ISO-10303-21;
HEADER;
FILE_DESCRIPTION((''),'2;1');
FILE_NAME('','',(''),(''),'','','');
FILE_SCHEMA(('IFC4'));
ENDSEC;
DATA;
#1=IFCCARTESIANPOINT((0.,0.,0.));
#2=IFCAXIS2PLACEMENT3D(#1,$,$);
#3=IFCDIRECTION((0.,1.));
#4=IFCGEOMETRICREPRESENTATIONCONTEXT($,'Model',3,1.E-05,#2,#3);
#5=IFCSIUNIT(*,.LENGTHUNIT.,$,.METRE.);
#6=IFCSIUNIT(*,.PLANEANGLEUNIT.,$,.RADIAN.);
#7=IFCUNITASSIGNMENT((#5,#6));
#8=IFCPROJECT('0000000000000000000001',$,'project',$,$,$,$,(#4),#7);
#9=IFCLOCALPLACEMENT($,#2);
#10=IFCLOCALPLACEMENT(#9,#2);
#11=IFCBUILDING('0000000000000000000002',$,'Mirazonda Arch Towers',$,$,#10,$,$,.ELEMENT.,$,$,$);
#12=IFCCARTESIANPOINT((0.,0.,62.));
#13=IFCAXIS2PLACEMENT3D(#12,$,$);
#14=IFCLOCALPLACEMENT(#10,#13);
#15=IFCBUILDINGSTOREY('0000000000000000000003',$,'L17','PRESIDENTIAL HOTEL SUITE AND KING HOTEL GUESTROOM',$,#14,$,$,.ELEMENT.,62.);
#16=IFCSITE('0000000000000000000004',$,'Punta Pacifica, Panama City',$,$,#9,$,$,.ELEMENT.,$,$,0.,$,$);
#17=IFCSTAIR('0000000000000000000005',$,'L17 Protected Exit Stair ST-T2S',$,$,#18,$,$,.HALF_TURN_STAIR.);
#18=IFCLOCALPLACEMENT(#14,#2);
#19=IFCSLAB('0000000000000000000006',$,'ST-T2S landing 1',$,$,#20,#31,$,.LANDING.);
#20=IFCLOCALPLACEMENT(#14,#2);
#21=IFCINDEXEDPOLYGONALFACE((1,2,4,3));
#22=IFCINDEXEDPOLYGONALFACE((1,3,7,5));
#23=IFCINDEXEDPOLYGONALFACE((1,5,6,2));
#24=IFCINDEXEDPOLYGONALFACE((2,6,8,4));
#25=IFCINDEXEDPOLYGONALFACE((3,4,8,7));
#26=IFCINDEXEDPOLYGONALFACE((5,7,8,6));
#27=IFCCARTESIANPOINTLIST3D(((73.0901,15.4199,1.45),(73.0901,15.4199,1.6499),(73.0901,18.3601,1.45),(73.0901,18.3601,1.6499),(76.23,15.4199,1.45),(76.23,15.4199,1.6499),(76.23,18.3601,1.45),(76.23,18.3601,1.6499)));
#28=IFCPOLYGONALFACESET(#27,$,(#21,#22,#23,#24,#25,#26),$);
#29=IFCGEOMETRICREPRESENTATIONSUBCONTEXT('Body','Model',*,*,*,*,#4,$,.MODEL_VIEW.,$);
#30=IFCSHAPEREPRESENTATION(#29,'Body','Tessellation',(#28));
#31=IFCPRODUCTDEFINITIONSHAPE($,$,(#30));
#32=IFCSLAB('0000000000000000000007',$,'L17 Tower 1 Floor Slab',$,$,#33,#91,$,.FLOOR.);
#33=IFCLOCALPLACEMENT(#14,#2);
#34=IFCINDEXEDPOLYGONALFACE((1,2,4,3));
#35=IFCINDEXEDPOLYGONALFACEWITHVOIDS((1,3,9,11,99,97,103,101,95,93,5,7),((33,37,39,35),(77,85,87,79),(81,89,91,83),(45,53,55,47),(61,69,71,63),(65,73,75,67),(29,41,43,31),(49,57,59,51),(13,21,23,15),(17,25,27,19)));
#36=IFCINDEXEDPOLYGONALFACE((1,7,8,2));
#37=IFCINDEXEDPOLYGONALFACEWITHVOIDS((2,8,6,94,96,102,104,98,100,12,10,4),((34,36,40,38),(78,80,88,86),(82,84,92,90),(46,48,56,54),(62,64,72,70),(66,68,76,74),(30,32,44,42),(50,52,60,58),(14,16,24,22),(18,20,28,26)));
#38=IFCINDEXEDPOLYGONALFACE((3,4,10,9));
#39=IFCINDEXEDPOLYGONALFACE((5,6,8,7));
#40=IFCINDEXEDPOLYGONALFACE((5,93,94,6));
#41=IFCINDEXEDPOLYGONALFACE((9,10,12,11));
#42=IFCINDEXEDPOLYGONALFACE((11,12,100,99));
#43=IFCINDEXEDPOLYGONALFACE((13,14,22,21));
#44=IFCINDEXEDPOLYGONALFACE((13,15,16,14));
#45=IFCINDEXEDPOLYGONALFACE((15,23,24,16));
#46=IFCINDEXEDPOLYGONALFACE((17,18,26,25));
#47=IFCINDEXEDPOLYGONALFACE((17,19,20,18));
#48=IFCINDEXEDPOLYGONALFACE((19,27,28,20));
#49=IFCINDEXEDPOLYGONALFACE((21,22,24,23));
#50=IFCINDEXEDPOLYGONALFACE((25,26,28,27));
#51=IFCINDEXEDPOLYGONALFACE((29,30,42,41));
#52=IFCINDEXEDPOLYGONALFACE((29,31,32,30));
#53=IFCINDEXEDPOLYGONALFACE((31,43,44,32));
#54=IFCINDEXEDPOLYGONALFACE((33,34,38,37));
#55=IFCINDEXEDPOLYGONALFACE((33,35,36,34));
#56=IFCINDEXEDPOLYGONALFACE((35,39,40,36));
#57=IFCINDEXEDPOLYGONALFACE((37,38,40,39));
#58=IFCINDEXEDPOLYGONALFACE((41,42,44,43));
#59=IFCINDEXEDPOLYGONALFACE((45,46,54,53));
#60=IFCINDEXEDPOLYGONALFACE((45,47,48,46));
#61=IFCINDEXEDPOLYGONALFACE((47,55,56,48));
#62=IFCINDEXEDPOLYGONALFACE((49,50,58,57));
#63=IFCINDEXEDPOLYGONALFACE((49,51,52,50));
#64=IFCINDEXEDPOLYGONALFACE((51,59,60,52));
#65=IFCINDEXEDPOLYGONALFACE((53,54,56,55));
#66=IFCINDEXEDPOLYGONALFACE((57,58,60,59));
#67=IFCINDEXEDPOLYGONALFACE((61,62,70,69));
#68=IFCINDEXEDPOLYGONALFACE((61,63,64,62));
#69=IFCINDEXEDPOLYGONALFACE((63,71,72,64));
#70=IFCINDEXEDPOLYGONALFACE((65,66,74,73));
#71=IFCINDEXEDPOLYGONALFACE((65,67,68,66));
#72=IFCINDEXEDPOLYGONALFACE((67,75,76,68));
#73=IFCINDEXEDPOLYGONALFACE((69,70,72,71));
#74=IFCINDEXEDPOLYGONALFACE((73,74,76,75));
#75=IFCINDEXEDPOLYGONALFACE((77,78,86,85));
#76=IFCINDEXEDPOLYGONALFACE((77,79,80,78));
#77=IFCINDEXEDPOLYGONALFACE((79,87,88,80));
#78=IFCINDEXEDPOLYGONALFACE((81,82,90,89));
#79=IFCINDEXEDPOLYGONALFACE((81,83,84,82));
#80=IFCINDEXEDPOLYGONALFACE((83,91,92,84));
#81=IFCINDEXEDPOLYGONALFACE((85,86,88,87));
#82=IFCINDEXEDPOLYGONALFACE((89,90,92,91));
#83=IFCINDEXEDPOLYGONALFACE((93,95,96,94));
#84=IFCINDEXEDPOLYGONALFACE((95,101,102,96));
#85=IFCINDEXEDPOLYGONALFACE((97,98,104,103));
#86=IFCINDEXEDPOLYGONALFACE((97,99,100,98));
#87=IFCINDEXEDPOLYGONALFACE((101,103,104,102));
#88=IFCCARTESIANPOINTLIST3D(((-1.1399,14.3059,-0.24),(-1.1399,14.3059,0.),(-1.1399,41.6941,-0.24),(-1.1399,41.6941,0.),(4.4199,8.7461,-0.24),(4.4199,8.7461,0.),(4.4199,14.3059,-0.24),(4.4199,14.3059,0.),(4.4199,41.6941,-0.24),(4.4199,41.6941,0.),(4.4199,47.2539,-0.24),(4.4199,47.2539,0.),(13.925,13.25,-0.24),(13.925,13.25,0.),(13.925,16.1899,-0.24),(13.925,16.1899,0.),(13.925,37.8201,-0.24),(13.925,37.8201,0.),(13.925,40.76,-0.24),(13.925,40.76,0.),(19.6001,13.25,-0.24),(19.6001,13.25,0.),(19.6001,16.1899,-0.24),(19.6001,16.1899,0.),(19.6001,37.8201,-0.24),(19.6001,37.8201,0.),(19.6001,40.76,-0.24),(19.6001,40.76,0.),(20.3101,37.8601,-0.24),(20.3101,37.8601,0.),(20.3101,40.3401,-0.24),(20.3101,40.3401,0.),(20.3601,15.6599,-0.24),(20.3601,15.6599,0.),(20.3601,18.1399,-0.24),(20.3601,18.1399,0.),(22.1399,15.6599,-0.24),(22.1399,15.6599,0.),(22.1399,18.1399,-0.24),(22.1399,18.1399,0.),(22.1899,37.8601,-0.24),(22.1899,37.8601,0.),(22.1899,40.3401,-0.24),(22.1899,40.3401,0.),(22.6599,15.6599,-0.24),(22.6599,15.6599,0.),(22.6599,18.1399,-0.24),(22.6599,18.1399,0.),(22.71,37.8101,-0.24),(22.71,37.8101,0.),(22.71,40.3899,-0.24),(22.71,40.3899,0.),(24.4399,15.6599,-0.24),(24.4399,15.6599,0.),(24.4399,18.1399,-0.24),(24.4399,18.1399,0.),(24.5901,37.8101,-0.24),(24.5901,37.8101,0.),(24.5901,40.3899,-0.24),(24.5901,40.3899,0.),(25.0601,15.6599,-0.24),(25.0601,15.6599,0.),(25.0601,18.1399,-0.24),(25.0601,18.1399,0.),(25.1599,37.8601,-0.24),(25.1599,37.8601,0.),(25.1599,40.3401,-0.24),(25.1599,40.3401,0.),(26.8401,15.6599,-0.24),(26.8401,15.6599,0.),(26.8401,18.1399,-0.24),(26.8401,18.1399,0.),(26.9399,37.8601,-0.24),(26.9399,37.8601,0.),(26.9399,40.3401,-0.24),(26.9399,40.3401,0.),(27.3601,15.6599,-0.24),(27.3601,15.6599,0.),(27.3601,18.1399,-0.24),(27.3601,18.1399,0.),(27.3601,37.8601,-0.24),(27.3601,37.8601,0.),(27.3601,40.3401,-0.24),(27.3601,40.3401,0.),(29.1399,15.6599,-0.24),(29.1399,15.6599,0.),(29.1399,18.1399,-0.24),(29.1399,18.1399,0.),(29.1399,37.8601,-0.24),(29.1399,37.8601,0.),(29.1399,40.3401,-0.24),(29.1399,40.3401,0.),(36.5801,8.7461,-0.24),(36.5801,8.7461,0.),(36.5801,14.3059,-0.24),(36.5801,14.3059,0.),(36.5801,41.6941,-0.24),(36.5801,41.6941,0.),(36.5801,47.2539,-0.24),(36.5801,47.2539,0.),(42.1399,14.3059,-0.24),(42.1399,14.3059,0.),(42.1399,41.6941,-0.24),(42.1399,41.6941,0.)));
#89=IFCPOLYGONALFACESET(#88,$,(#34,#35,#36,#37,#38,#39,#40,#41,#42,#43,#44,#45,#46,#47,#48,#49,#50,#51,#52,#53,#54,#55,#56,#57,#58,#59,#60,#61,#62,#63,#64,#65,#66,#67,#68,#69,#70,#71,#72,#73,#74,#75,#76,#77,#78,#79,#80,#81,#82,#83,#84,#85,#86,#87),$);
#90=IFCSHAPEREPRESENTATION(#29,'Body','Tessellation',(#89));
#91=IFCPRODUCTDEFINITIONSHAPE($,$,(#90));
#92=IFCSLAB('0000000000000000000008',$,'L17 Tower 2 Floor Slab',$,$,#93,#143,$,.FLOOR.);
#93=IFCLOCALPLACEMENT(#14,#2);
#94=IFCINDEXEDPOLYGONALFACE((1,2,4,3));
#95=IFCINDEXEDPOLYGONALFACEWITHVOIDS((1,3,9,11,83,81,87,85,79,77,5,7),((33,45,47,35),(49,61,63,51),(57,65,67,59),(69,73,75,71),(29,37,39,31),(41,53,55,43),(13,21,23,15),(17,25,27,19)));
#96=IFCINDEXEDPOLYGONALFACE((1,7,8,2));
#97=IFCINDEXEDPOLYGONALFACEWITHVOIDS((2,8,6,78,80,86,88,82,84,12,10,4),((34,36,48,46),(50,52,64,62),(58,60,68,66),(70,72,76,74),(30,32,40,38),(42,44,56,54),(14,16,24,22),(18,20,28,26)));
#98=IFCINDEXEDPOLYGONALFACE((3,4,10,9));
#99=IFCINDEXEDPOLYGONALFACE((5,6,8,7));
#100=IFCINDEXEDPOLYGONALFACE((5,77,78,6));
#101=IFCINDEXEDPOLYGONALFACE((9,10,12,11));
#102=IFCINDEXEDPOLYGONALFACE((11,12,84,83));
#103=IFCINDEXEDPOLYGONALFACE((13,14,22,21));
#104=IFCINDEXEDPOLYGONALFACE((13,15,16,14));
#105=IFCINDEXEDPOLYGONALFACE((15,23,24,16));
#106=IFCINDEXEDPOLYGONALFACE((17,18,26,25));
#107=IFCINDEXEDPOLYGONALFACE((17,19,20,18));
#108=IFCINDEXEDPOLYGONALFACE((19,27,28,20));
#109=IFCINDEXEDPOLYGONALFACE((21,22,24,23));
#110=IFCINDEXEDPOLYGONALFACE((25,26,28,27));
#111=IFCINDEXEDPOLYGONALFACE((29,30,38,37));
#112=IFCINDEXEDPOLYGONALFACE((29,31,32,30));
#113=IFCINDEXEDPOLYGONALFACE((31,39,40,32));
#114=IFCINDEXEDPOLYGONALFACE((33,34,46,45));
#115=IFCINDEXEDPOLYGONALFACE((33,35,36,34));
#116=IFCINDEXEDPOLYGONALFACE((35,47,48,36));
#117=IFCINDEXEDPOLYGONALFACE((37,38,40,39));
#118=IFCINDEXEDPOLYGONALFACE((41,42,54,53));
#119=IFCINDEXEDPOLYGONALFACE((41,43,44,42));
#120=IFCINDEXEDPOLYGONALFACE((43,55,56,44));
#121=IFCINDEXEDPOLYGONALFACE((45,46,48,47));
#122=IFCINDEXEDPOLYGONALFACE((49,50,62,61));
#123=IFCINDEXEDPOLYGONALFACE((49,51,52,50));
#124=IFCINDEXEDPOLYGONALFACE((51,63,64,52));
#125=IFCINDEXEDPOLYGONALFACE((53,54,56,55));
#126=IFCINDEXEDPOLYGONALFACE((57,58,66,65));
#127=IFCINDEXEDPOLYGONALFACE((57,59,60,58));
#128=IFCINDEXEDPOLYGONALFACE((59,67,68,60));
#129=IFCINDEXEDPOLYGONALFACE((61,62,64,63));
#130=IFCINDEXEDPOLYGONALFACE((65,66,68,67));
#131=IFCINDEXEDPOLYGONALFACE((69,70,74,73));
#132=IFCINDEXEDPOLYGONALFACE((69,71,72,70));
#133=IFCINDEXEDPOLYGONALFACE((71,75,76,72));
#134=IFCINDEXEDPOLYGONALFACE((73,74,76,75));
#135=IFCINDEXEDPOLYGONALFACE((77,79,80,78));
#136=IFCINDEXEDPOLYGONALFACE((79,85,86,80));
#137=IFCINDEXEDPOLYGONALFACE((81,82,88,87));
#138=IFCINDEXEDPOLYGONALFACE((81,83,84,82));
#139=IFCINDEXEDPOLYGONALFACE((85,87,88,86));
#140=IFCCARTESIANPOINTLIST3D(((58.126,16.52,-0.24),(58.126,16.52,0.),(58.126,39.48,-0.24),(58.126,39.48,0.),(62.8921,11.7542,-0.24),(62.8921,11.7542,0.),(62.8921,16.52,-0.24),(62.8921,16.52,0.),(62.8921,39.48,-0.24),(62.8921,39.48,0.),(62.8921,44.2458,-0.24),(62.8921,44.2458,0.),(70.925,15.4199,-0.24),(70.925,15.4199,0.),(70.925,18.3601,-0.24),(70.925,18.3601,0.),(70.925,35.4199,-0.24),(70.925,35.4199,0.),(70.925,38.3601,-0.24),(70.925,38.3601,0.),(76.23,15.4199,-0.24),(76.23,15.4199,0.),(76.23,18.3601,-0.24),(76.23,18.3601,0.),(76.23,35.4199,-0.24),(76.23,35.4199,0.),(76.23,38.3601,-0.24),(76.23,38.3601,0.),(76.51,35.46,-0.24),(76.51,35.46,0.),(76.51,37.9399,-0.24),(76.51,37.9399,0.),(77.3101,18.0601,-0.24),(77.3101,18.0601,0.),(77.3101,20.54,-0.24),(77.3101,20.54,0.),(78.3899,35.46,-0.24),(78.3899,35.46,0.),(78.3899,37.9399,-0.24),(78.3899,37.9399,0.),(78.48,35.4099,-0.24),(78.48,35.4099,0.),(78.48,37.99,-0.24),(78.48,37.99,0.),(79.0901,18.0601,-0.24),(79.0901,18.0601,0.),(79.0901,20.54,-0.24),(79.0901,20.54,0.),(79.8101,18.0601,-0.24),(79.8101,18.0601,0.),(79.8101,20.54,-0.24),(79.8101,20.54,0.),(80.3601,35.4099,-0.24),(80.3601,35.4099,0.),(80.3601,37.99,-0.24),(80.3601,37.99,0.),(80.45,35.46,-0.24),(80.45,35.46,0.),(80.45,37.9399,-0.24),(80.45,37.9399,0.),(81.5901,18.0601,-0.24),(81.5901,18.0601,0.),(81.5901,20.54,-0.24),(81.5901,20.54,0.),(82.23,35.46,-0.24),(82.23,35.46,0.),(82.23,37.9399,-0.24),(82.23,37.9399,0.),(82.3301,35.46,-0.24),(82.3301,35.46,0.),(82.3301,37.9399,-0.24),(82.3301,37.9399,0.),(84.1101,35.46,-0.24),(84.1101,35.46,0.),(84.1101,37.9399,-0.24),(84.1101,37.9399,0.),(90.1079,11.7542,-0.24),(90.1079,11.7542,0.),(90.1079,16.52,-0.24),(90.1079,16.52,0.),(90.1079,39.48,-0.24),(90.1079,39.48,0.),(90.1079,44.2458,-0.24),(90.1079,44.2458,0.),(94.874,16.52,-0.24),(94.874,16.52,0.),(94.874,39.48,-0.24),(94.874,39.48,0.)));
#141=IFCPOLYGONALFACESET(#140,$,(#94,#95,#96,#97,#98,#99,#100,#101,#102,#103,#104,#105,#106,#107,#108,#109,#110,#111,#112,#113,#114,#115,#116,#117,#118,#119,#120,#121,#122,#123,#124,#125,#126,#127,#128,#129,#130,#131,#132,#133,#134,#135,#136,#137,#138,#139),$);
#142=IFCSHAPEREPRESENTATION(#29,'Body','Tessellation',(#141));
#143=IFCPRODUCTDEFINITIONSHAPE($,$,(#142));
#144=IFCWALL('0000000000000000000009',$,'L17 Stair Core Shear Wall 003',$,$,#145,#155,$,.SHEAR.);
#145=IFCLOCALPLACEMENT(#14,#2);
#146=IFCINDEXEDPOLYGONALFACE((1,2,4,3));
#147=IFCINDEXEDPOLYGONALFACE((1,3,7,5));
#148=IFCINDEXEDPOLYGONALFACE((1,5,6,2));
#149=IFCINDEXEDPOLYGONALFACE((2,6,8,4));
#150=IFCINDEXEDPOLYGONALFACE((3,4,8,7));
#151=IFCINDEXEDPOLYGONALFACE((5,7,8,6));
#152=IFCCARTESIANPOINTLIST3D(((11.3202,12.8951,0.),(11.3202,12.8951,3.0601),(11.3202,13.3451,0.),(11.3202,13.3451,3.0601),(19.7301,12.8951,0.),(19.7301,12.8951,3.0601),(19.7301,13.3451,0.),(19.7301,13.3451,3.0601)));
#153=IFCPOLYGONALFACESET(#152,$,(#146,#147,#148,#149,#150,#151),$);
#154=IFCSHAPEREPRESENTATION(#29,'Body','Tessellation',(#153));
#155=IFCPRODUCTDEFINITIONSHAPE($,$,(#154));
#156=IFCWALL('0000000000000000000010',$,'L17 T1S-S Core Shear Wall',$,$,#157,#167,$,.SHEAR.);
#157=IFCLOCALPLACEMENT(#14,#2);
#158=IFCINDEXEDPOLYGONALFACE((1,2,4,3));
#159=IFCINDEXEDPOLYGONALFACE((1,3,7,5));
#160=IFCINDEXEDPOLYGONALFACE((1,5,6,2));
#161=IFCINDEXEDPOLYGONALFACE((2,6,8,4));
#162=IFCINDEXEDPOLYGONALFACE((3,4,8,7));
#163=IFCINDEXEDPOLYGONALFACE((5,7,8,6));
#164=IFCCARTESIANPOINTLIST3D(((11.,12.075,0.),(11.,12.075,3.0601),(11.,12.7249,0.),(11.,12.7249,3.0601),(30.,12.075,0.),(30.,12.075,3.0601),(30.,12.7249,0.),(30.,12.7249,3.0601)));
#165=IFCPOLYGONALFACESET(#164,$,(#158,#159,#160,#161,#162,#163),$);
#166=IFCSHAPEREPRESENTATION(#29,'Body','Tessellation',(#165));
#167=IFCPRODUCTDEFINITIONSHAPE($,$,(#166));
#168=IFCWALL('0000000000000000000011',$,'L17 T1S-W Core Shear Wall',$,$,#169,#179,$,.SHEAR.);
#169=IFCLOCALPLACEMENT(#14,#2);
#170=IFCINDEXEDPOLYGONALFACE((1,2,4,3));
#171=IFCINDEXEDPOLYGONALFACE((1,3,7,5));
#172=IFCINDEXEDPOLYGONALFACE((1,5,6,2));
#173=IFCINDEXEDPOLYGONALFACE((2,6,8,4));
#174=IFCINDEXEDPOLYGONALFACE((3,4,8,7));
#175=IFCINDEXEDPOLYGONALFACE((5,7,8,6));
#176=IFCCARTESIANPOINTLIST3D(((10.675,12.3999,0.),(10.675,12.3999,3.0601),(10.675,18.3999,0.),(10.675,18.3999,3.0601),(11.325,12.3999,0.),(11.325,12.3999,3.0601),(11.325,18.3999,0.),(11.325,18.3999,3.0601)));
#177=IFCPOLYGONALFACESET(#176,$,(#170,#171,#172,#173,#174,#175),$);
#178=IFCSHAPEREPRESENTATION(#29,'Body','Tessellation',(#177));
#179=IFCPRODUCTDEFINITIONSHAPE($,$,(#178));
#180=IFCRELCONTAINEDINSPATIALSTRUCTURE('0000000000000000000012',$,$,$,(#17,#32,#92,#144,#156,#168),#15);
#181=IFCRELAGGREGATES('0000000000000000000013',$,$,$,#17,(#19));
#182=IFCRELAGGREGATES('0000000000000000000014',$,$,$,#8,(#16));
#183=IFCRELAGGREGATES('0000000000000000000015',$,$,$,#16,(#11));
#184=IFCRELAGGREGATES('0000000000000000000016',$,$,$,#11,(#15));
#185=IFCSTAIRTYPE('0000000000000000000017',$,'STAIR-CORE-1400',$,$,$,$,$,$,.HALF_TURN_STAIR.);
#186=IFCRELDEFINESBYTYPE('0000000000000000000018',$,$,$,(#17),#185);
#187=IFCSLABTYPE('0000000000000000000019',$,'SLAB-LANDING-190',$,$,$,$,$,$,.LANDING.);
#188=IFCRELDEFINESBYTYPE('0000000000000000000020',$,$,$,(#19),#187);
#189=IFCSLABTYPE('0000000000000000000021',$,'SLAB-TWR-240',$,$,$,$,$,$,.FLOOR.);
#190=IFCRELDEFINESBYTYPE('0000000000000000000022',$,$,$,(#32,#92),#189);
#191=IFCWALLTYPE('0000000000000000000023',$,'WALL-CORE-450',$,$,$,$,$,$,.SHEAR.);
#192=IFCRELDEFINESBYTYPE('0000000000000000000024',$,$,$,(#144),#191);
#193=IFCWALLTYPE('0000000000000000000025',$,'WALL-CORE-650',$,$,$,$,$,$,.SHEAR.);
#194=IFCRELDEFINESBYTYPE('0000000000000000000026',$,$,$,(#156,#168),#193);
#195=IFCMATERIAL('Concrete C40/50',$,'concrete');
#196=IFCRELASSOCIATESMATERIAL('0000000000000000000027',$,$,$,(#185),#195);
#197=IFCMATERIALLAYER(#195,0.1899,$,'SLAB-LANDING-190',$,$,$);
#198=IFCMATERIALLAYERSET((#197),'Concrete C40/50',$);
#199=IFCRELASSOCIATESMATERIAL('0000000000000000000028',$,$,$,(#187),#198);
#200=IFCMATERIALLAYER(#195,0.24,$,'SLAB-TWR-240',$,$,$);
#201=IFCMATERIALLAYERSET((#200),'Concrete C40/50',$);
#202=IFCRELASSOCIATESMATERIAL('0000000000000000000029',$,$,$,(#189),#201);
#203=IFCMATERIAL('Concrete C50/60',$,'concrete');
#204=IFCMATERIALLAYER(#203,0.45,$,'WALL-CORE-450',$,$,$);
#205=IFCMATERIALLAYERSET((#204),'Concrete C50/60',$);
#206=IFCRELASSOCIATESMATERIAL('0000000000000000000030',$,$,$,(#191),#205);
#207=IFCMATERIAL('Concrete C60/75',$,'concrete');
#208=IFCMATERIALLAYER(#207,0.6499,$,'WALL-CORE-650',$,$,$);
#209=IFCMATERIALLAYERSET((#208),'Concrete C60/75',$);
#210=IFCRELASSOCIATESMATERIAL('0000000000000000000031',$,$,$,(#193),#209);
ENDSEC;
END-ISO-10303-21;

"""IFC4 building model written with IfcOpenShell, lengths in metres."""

from ifc_helpers import new_model, si_unit, direction, frame, frame_2d, origin, place, context, subcontext, project, spatial, polyline, rectangle, outline, extrude, material, layer, layer_set, type_object, element, aggregate, save


model = new_model("IFC4")

# Units and contexts
model_context = context("Model", 3, precision=1e-05, world=origin(), true_north=direction((0.0, 1.0)))
body_context = subcontext(model_context, "Body", "Model", "MODEL_VIEW")
ifc_project = project(units=[si_unit("LENGTHUNIT", "METRE"), si_unit("PLANEANGLEUNIT", "RADIAN")], contexts=[model_context])

# Site, building, storey
site_placement = place(None, origin())
site = spatial("IfcSite", under=ifc_project, at=site_placement, Name="Punta Pacifica, Panama City", CompositionType="ELEMENT", RefElevation=0.0)
building_placement = place(site_placement, origin())
building = spatial("IfcBuilding", under=site, at=building_placement, Name="Mirazonda Arch Towers", CompositionType="ELEMENT")
storey_placement = place(building_placement, frame((0.0, 0.0, 62.0)))
storey = spatial("IfcBuildingStorey", under=building, at=storey_placement, Name="L17", Description="PRESIDENTIAL HOTEL SUITE AND KING HOTEL GUESTROOM", CompositionType="ELEMENT", Elevation=62.0)

# Shared definitions
ifc_material_1 = material(Name="Concrete C60/75", Category="concrete")

# Stair, slab
ifc_material_2 = material(Name="Concrete C40/50", Category="concrete")
stair_type = type_object("IfcStairType", Name="STAIR-CORE-1400", PredefinedType="HALF_TURN_STAIR", material=ifc_material_2)
ifc_layer_1 = layer(ifc_material_2, 0.1899, Name="SLAB-LANDING-190")
ifc_layer_set_1 = layer_set([ifc_layer_1], Name="Concrete C40/50")
slab_type_1 = type_object("IfcSlabType", Name="SLAB-LANDING-190", PredefinedType="LANDING", material=ifc_layer_set_1)
stair_1_placement = place(storey_placement, origin())
stair_1 = element("IfcStair", 1, at=stair_1_placement, inside=storey, type_object=stair_type, Name="L17 Protected Exit Stair ST-T2S", PredefinedType="HALF_TURN_STAIR")
slab_1_placement = place(storey_placement, frame((0.0, 0.0, 1.45)))
slab_1 = element("IfcSlab", 2, at=slab_1_placement, type_object=slab_type_1, Name="ST-T2S landing 1", PredefinedType="LANDING", context=body_context, shape_type="SweptSolid", body=[
    extrude(outline(polyline([(73.0901, 15.4199), (76.23, 15.4199), (76.23, 18.3601), (73.0901, 18.3601), (73.0901, 15.4199)])), origin(), (0.0, 0.0, 1.0), 0.2),
])
aggregate(stair_1, [slab_1])

# Slabs
ifc_layer_2 = layer(ifc_material_2, 0.24, Name="SLAB-TWR-240")
ifc_layer_set_2 = layer_set([ifc_layer_2], Name="Concrete C40/50")
slab_type_2 = type_object("IfcSlabType", Name="SLAB-TWR-240", PredefinedType="FLOOR", material=ifc_layer_set_2)
slab_2_placement = place(storey_placement, frame((0.0, 0.0, -0.24)))
element("IfcSlab", 3, at=slab_2_placement, inside=storey, type_object=slab_type_2, Name="L17 Tower 1 Floor Slab", PredefinedType="FLOOR", context=body_context, shape_type="SweptSolid", body=[
    extrude(outline(polyline([(4.4199, 8.7461), (36.5801, 8.7461), (36.5801, 14.3059), (42.1399, 14.3059), (42.1399, 41.6941), (36.5801, 41.6941), (36.5801, 47.2539), (4.4199, 47.2539), (4.4199, 41.6941), (-1.1399, 41.6941), (-1.1399, 14.3059), (4.4199, 14.3059), (4.4199, 8.7461)]), holes=[polyline([(29.1399, 18.1399), (29.1399, 15.6599), (27.3601, 15.6599), (27.3601, 18.1399), (29.1399, 18.1399)]), polyline([(29.1399, 40.3401), (29.1399, 37.8601), (27.3601, 37.8601), (27.3601, 40.3401), (29.1399, 40.3401)]), polyline([(25.1599, 40.3401), (26.9399, 40.3401), (26.9399, 37.8601), (25.1599, 37.8601), (25.1599, 40.3401)]), polyline([(26.8401, 18.1399), (26.8401, 15.6599), (25.0601, 15.6599), (25.0601, 18.1399), (26.8401, 18.1399)]), polyline([(22.71, 40.3899), (24.5901, 40.3899), (24.5901, 37.8101), (22.71, 37.8101), (22.71, 40.3899)]), polyline([(22.6599, 18.1399), (24.4399, 18.1399), (24.4399, 15.6599), (22.6599, 15.6599), (22.6599, 18.1399)]), polyline([(20.3101, 40.3401), (22.1899, 40.3401), (22.1899, 37.8601), (20.3101, 37.8601), (20.3101, 40.3401)]), polyline([(20.3601, 18.1399), (22.1399, 18.1399), (22.1399, 15.6599), (20.3601, 15.6599), (20.3601, 18.1399)]), polyline([(13.925, 40.76), (19.6001, 40.76), (19.6001, 37.8201), (13.925, 37.8201), (13.925, 40.76)]), polyline([(13.925, 13.25), (13.925, 16.1899), (19.6001, 16.1899), (19.6001, 13.25), (13.925, 13.25)])]), origin(), (0.0, 0.0, 1.0), 0.24),
])
slab_3_placement = place(storey_placement, frame((0.0, 0.0, -0.24)))
element("IfcSlab", 4, at=slab_3_placement, inside=storey, type_object=slab_type_2, Name="L17 Tower 2 Floor Slab", PredefinedType="FLOOR", context=body_context, shape_type="SweptSolid", body=[
    extrude(outline(polyline([(62.8921, 11.7542), (90.1079, 11.7542), (90.1079, 16.52), (94.874, 16.52), (94.874, 39.48), (90.1079, 39.48), (90.1079, 44.2458), (62.8921, 44.2458), (62.8921, 39.48), (58.126, 39.48), (58.126, 16.52), (62.8921, 16.52), (62.8921, 11.7542)]), holes=[polyline([(82.3301, 37.9399), (84.1101, 37.9399), (84.1101, 35.46), (82.3301, 35.46), (82.3301, 37.9399)]), polyline([(80.45, 37.9399), (82.23, 37.9399), (82.23, 35.46), (80.45, 35.46), (80.45, 37.9399)]), polyline([(79.8101, 20.54), (81.5901, 20.54), (81.5901, 18.0601), (79.8101, 18.0601), (79.8101, 20.54)]), polyline([(78.48, 37.99), (80.3601, 37.99), (80.3601, 35.4099), (78.48, 35.4099), (78.48, 37.99)]), polyline([(77.3101, 20.54), (79.0901, 20.54), (79.0901, 18.0601), (77.3101, 18.0601), (77.3101, 20.54)]), polyline([(76.51, 37.9399), (78.3899, 37.9399), (78.3899, 35.46), (76.51, 35.46), (76.51, 37.9399)]), polyline([(70.925, 15.4199), (70.925, 18.3601), (76.23, 18.3601), (76.23, 15.4199), (70.925, 15.4199)]), polyline([(70.925, 35.4199), (70.925, 38.3601), (76.23, 38.3601), (76.23, 35.4199), (70.925, 35.4199)])]), origin(), (0.0, 0.0, 1.0), 0.24),
])

# Walls
ifc_material_3 = material(Name="Concrete C50/60", Category="concrete")
ifc_layer_3 = layer(ifc_material_3, 0.45, Name="WALL-CORE-450")
ifc_layer_set_3 = layer_set([ifc_layer_3], Name="Concrete C50/60")
wall_type_1 = type_object("IfcWallType", Name="WALL-CORE-450", PredefinedType="SHEAR", material=ifc_layer_set_3)
wall_1_placement = place(storey_placement, frame((11.3201, 13.1201, 0.0), z_axis=(0.0, 0.0, 1.0), x_axis=(1.0, 0.0, 0.0)))
element("IfcWall", 5, at=wall_1_placement, inside=storey, type_object=wall_type_1, Name="L17 Stair Core Shear Wall 003", PredefinedType="SHEAR", context=body_context, shape_type="SweptSolid", body=[
    extrude(rectangle(XDim=8.4099, YDim=0.45, at=frame_2d((4.2051, 0.0))), origin(), (0.0, 0.0, 1.0), 3.0601),
])
ifc_layer_4 = layer(ifc_material_1, 0.6499, Name="WALL-CORE-650")
ifc_layer_set_4 = layer_set([ifc_layer_4], Name="Concrete C60/75")
wall_type_2 = type_object("IfcWallType", Name="WALL-CORE-650", PredefinedType="SHEAR", material=ifc_layer_set_4)
wall_2_placement = place(storey_placement, frame((11.0, 12.3999, 0.0), z_axis=(0.0, 0.0, 1.0), x_axis=(1.0, 0.0, 0.0)))
element("IfcWall", 6, at=wall_2_placement, inside=storey, type_object=wall_type_2, Name="L17 T1S-S Core Shear Wall", PredefinedType="SHEAR", context=body_context, shape_type="SweptSolid", body=[
    extrude(rectangle(XDim=19.0, YDim=0.6499, at=frame_2d((9.5, 0.0))), origin(), (0.0, 0.0, 1.0), 3.0601),
])
wall_3_placement = place(storey_placement, frame((11.0, 12.3999, 0.0), z_axis=(0.0, 0.0, 1.0), x_axis=(0.0, 1.0, 0.0)))
element("IfcWall", 7, at=wall_3_placement, inside=storey, type_object=wall_type_2, Name="L17 T1S-W Core Shear Wall", PredefinedType="SHEAR", context=body_context, shape_type="SweptSolid", body=[
    extrude(rectangle(XDim=6.0, YDim=0.6499, at=frame_2d((3.0, 0.0))), origin(), (0.0, 0.0, 1.0), 3.0601),
])

save(model, "model.ifc")
